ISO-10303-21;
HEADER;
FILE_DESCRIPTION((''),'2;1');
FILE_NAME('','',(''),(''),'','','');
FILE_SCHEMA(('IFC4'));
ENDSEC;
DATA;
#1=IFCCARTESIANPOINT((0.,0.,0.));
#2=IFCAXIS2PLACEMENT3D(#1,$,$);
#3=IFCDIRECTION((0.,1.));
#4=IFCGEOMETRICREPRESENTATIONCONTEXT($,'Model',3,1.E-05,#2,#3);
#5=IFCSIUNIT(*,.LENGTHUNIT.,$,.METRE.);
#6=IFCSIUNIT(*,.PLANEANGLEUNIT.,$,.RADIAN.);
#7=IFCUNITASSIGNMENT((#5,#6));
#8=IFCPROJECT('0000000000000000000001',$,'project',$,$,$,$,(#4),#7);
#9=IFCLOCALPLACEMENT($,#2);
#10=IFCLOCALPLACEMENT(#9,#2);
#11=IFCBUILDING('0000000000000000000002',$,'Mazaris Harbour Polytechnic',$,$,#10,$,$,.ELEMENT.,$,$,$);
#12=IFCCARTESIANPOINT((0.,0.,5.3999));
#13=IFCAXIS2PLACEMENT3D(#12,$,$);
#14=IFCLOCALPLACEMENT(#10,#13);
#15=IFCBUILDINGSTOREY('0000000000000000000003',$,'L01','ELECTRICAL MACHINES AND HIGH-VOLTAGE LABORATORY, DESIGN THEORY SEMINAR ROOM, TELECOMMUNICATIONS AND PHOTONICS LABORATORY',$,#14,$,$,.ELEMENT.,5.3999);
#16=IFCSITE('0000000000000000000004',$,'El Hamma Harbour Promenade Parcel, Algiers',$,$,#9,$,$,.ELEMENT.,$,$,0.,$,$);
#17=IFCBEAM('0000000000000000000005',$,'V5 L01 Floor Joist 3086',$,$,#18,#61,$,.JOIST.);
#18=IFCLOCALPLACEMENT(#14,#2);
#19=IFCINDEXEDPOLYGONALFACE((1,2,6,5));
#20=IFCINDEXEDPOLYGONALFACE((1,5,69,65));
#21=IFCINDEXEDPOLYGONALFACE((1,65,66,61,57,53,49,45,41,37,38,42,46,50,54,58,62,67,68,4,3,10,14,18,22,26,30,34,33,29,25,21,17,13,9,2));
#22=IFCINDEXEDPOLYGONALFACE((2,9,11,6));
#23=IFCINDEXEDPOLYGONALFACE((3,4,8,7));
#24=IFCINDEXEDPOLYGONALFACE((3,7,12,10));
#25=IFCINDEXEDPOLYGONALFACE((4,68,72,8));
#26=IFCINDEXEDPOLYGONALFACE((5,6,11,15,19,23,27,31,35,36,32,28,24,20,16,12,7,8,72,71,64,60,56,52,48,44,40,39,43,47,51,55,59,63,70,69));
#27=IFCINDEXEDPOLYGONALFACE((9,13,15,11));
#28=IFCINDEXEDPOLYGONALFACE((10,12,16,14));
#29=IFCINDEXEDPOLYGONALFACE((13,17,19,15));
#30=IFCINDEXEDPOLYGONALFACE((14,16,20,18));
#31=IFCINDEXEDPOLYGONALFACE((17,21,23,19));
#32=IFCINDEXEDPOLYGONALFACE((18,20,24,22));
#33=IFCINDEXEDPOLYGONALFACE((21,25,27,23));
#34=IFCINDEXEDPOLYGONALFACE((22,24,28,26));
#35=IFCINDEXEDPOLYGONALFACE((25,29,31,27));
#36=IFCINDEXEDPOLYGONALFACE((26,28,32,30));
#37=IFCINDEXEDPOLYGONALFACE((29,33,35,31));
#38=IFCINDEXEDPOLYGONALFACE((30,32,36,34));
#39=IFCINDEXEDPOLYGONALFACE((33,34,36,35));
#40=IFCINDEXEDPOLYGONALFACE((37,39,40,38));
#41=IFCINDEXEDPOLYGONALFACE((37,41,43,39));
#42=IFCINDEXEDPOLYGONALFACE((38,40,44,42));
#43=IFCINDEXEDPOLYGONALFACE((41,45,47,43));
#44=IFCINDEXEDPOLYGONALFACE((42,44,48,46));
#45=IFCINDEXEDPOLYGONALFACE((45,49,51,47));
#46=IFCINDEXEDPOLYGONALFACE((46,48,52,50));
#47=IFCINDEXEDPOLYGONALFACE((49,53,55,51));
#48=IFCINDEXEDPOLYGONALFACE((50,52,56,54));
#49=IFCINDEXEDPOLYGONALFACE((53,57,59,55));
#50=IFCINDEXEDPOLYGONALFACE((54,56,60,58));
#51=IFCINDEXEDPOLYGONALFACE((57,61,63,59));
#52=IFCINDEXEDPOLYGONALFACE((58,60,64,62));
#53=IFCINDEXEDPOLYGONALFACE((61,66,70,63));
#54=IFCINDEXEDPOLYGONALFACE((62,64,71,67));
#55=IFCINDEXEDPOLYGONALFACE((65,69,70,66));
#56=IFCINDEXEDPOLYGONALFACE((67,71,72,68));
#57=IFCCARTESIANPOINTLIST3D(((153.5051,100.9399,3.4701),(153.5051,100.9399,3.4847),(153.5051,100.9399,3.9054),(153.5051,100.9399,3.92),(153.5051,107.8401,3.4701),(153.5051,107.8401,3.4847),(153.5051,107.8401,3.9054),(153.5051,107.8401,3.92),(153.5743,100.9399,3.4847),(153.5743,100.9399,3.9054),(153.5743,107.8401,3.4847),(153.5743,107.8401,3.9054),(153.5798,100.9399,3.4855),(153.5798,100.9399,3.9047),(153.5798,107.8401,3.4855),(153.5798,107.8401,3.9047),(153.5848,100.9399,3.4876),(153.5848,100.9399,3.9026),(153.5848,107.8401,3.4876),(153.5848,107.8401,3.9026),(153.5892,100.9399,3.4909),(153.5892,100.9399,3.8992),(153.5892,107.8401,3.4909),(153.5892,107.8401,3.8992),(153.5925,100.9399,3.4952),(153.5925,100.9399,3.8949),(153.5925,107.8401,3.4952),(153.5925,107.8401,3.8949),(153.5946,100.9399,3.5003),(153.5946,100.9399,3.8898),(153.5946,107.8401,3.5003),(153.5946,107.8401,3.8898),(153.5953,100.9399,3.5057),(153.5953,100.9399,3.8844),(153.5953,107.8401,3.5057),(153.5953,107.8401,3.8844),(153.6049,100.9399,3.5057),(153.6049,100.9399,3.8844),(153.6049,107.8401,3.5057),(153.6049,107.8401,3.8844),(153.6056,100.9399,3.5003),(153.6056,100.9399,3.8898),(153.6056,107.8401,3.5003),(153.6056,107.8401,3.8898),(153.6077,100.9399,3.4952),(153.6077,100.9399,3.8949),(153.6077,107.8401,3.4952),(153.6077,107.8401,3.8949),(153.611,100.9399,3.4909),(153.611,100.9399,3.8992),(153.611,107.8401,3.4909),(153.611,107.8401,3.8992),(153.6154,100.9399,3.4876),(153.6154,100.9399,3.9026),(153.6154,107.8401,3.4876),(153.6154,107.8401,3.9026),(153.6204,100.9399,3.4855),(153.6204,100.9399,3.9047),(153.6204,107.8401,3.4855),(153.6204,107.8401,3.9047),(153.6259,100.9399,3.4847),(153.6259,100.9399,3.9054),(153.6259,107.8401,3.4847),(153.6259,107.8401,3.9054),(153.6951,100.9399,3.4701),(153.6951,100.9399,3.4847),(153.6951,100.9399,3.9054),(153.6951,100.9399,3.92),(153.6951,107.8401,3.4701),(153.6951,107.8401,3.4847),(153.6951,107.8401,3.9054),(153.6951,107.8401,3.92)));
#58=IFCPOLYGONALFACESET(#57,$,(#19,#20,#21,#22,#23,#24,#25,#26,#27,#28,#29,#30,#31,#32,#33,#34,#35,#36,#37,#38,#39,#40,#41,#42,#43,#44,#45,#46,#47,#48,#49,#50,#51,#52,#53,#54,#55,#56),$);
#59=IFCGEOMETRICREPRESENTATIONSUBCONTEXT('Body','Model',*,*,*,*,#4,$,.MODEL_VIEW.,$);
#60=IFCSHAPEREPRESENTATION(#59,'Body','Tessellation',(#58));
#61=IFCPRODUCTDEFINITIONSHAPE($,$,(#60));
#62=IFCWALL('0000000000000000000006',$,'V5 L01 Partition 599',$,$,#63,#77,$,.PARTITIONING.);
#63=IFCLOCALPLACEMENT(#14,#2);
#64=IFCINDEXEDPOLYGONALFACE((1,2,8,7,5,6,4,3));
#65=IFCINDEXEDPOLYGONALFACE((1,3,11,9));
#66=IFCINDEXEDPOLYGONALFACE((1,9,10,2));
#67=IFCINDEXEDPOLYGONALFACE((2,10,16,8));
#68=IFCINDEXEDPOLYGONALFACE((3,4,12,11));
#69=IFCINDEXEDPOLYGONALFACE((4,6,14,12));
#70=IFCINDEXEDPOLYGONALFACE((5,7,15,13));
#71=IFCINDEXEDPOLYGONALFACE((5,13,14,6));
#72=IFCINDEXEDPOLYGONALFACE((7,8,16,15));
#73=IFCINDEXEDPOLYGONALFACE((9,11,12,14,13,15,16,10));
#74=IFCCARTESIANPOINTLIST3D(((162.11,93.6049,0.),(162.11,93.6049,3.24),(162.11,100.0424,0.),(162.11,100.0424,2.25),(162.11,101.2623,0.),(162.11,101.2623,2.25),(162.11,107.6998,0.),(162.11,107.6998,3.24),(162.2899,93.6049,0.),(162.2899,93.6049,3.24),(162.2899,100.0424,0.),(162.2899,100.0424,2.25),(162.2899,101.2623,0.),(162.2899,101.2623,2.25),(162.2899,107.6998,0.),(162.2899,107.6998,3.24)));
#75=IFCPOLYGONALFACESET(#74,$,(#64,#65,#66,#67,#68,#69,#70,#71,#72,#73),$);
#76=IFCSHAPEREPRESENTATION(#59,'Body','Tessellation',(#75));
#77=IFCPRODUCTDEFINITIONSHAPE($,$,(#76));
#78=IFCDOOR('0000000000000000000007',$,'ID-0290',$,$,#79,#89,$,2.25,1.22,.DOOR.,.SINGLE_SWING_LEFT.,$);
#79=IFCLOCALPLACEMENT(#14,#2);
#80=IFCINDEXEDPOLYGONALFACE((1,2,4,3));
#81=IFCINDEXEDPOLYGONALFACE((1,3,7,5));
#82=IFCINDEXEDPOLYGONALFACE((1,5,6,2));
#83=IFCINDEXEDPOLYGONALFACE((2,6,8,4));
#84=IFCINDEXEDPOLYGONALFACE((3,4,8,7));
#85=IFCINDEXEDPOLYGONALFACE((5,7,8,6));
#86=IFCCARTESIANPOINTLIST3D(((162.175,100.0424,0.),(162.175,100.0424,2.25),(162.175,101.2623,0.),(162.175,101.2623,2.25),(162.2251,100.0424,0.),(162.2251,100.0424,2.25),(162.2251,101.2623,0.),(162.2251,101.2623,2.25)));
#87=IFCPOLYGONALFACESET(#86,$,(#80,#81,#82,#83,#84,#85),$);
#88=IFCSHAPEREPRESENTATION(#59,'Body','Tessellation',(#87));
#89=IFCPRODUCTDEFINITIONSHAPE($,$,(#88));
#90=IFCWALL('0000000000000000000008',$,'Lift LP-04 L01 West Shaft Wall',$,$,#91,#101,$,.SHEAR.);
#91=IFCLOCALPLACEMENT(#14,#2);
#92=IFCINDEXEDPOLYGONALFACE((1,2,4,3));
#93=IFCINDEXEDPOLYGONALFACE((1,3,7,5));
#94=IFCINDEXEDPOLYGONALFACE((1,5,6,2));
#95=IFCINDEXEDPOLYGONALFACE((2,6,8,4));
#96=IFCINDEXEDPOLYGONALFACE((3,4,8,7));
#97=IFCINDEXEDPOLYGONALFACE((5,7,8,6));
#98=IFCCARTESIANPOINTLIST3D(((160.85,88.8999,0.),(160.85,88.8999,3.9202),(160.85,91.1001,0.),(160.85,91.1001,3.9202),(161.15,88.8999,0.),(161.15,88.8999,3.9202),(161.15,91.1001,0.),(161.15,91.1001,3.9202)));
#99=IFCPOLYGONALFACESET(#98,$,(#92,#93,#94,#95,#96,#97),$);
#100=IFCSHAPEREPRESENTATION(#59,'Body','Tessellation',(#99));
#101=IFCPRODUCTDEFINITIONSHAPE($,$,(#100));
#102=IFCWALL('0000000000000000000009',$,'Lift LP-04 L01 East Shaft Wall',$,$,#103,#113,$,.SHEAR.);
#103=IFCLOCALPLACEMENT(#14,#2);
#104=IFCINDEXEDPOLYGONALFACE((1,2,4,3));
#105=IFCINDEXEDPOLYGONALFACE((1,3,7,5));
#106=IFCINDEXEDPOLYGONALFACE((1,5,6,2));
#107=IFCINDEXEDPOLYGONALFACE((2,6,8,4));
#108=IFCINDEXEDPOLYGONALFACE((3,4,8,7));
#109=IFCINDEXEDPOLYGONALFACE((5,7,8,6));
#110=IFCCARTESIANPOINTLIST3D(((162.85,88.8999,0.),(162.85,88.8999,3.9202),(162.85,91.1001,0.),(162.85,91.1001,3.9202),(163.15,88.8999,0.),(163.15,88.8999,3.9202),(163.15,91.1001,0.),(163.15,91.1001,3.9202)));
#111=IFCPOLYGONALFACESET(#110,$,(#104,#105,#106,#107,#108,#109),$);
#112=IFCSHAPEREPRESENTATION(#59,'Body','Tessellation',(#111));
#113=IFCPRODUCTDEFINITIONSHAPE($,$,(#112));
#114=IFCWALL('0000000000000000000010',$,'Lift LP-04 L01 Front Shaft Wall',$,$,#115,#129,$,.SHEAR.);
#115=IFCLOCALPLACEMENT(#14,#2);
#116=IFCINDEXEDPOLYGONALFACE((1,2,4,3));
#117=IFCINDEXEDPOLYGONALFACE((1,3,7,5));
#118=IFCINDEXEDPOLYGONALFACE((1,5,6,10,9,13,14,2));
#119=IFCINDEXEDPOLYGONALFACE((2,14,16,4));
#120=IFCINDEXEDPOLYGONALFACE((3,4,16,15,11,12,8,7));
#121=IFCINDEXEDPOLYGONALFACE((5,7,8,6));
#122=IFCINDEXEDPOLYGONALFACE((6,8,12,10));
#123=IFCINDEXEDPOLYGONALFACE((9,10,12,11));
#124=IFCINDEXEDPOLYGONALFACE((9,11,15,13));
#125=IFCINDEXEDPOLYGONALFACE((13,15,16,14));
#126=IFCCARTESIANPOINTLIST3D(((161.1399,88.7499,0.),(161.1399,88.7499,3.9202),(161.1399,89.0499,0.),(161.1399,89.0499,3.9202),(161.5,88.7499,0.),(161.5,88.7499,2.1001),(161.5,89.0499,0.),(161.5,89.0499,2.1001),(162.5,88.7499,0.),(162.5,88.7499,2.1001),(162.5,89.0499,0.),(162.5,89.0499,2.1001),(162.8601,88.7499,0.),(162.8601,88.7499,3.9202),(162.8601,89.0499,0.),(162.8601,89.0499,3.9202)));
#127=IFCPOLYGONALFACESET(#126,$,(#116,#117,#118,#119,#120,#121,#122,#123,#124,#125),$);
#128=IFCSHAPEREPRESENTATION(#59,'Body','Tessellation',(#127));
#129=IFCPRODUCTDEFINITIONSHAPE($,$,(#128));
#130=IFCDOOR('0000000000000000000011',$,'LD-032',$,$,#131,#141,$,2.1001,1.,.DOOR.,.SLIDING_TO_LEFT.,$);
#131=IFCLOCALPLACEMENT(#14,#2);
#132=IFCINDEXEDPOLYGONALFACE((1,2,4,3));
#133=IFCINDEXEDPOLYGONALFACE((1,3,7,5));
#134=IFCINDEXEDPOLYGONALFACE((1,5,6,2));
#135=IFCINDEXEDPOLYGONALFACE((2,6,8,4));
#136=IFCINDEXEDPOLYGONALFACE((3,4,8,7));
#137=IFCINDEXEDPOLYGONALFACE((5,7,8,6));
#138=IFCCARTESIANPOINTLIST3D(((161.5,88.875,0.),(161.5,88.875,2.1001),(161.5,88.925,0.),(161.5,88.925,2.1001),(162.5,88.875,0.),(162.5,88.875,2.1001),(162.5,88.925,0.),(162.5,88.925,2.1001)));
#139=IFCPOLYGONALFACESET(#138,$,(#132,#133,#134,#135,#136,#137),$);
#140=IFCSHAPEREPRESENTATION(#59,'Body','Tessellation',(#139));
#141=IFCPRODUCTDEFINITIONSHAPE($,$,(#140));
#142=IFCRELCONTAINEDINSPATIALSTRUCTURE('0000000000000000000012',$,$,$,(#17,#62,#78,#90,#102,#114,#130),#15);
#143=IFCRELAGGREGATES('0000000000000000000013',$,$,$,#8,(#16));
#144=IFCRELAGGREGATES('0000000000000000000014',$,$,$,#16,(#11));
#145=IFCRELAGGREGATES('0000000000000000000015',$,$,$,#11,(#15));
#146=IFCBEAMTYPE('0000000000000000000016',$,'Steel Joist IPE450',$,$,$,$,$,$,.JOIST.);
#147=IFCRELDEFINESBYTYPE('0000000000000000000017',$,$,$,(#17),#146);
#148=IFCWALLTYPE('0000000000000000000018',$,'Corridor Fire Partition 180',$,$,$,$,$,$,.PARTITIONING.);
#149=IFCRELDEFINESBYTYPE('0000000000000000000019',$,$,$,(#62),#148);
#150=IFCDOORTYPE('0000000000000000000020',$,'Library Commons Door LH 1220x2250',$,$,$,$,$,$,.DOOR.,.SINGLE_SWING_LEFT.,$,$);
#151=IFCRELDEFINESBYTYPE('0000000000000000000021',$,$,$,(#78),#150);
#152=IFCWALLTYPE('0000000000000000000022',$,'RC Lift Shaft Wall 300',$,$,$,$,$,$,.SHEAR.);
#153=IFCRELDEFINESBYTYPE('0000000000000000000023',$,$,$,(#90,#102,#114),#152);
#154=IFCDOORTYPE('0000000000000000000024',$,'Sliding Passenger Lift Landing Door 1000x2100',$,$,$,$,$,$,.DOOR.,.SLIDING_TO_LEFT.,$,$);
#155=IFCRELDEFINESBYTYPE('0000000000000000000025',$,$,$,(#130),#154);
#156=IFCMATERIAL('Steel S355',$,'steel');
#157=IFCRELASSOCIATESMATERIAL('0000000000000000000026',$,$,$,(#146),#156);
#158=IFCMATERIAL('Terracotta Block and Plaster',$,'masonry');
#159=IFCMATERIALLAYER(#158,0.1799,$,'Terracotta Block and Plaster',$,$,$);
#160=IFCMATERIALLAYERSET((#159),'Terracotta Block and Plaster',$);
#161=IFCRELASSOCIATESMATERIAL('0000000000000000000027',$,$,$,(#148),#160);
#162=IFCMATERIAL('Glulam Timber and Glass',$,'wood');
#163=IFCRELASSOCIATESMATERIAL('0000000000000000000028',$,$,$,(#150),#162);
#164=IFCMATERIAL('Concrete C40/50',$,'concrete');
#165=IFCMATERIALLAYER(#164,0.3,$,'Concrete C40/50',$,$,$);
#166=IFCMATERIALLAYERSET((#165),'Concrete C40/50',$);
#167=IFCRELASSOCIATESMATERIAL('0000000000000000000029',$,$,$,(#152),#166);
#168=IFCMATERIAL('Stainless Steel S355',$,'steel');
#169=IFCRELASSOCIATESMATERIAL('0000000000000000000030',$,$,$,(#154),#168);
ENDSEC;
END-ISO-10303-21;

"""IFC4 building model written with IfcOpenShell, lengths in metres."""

from ifc_helpers import new_model, si_unit, direction, frame, frame_2d, origin, origin_2d, place, context, subcontext, project, spatial, rectangle, i_section, extrude, material, layer, layer_set, material_profile, profile_set, type_object, element, fill, save


model = new_model("IFC4")

# Units and contexts
model_context = context("Model", 3, precision=1e-05, world=origin(), true_north=direction((0.0, 1.0)))
body_context = subcontext(model_context, "Body", "Model", "MODEL_VIEW")
ifc_project = project(units=[si_unit("LENGTHUNIT", "METRE"), si_unit("PLANEANGLEUNIT", "RADIAN")], contexts=[model_context])

# Site, building, storey
site_placement = place(None, origin())
site = spatial("IfcSite", under=ifc_project, at=site_placement, Name="El Hamma Harbour Promenade Parcel, Algiers", CompositionType="ELEMENT", RefElevation=0.0)
building_placement = place(site_placement, origin())
building = spatial("IfcBuilding", under=site, at=building_placement, Name="Mazaris Harbour Polytechnic", CompositionType="ELEMENT")
storey_placement = place(building_placement, frame((0.0, 0.0, 5.3999)))
storey = spatial("IfcBuildingStorey", under=building, at=storey_placement, Name="L01", Description="ELECTRICAL MACHINES AND HIGH-VOLTAGE LABORATORY, DESIGN THEORY SEMINAR ROOM, TELECOMMUNICATIONS AND PHOTONICS LABORATORY", CompositionType="ELEMENT", Elevation=5.3999)

# Beam
ifc_material_1 = material(Name="Steel S355", Category="steel")
ifc_material_profile_1 = material_profile(ifc_material_1, i_section(OverallWidth=0.1899, OverallDepth=0.45, WebThickness=0.0095, FlangeThickness=0.0146, FilletRadius=0.021, at=origin_2d()), Name="IPE 450")
ifc_profile_set_1 = profile_set([ifc_material_profile_1], Name="Steel S355")
beam_type_1 = type_object("IfcBeamType", Name="Steel Joist IPE450", PredefinedType="JOIST", material=ifc_profile_set_1)
beam_1_placement = place(storey_placement, frame((153.6001, 100.9399, 3.6951), z_axis=(0.0, 1.0, 0.0), x_axis=(-1.0, 0.0, 0.0)))
element("IfcBeam", 1, at=beam_1_placement, inside=storey, type_object=beam_type_1, Name="V5 L01 Floor Joist 3086", PredefinedType="JOIST", context=body_context, shape_type="SweptSolid", body=[
    extrude(i_section(OverallWidth=0.1899, OverallDepth=0.45, WebThickness=0.0095, FlangeThickness=0.0146, FilletRadius=0.021, at=origin_2d()), origin(), (0.0, 0.0, 1.0), 6.9001),
])

# Wall, opening, door
ifc_material_2 = material(Name="Terracotta Block and Plaster", Category="masonry")
ifc_layer_1 = layer(ifc_material_2, 0.1799, Name="Terracotta Block and Plaster")
ifc_layer_set_1 = layer_set([ifc_layer_1], Name="Terracotta Block and Plaster")
wall_type_1 = type_object("IfcWallType", Name="Corridor Fire Partition 180", PredefinedType="PARTITIONING", material=ifc_layer_set_1)
wall_1_placement = place(storey_placement, frame((162.2, 93.605, 0.0), z_axis=(0.0, 0.0, 1.0), x_axis=(0.0, 1.0, 0.0)))
wall_1 = element("IfcWall", 2, at=wall_1_placement, inside=storey, type_object=wall_type_1, Name="V5 L01 Partition 599", PredefinedType="PARTITIONING", context=body_context, shape_type="SweptSolid", body=[
    extrude(rectangle(XDim=14.095, YDim=0.1799, at=frame_2d((7.0474, 0.0))), origin(), (0.0, 0.0, 1.0), 3.24),
])
opening_1_placement = place(wall_1_placement, frame((6.4375, 0.0, 0.0)))
opening_1 = element("IfcOpeningElement", 3, at=opening_1_placement, cuts=wall_1, PredefinedType="OPENING", context=body_context, shape_type="SweptSolid", body=[
    extrude(rectangle(XDim=1.22, YDim=2.25, at=frame_2d((0.6099, 1.125))), frame((0.0, 0.0999, 0.0), z_axis=(0.0, -1.0, 0.0), x_axis=(1.0, 0.0, 0.0)), (0.0, 0.0, 1.0), 0.2),
])
ifc_material_3 = material(Name="Glulam Timber and Glass", Category="wood")
door_type_1 = type_object("IfcDoorType", Name="Library Commons Door LH 1220x2250", OperationType="SINGLE_SWING_LEFT", PredefinedType="DOOR", material=ifc_material_3)
door_1_placement = place(opening_1_placement, origin())
door_1 = element("IfcDoor", 4, at=door_1_placement, inside=storey, type_object=door_type_1, Name="ID-0290", OperationType="SINGLE_SWING_LEFT", OverallHeight=2.25, OverallWidth=1.22, PredefinedType="DOOR", context=body_context, shape_type="SweptSolid", body=[
    extrude(rectangle(XDim=1.22, YDim=2.25, at=frame_2d((0.6099, 1.125))), frame((0.0, 0.0249, 0.0), z_axis=(0.0, -1.0, 0.0), x_axis=(1.0, 0.0, 0.0)), (0.0, 0.0, 1.0), 0.05),
])
fill(opening_1, door_1)

# Walls
ifc_material_4 = material(Name="Concrete C40/50", Category="concrete")
ifc_layer_2 = layer(ifc_material_4, 0.3, Name="Concrete C40/50")
ifc_layer_set_2 = layer_set([ifc_layer_2], Name="Concrete C40/50")
wall_type_2 = type_object("IfcWallType", Name="RC Lift Shaft Wall 300", PredefinedType="SHEAR", material=ifc_layer_set_2)
for number, where, z_axis, x_axis, name in (
    (5, (161.0, 91.1001, 0.0), (0.0, 0.0, 1.0), (0.0, -1.0, 0.0), "Lift LP-04 L01 West Shaft Wall"),
    (6, (163.0, 88.8999, 0.0), (0.0, 0.0, 1.0), (0.0, 1.0, 0.0), "Lift LP-04 L01 East Shaft Wall"),
):
    element("IfcWall", number, at=place(storey_placement, frame(where, z_axis=z_axis, x_axis=x_axis)), inside=storey, type_object=wall_type_2, Name=name, PredefinedType="SHEAR", context=body_context, shape_type="SweptSolid", body=[
        extrude(rectangle(XDim=2.2002, YDim=0.3, at=frame_2d((1.1001, 0.0))), origin(), (0.0, 0.0, 1.0), 3.9202),
    ])

# Wall, opening, door
wall_2_placement = place(storey_placement, frame((162.8601, 88.8999, 0.0), z_axis=(0.0, 0.0, 1.0), x_axis=(-1.0, 0.0, 0.0)))
wall_2 = element("IfcWall", 7, at=wall_2_placement, inside=storey, type_object=wall_type_2, Name="Lift LP-04 L01 Front Shaft Wall", PredefinedType="SHEAR", context=body_context, shape_type="SweptSolid", body=[
    extrude(rectangle(XDim=1.7202, YDim=0.3, at=frame_2d((0.8601, 0.0))), origin(), (0.0, 0.0, 1.0), 3.9202),
])
opening_2_placement = place(wall_2_placement, frame((0.3601, 0.0, 0.0)))
opening_2 = element("IfcOpeningElement", 8, at=opening_2_placement, cuts=wall_2, PredefinedType="OPENING", context=body_context, shape_type="SweptSolid", body=[
    extrude(rectangle(XDim=1.0, YDim=2.1001, at=frame_2d((0.5, 1.05))), frame((0.0, 0.1599, 0.0), z_axis=(0.0, -1.0, 0.0), x_axis=(1.0, 0.0, 0.0)), (0.0, 0.0, 1.0), 0.3201),
])
ifc_material_5 = material(Name="Stainless Steel S355", Category="steel")
door_type_2 = type_object("IfcDoorType", Name="Sliding Passenger Lift Landing Door 1000x2100", OperationType="SLIDING_TO_LEFT", PredefinedType="DOOR", material=ifc_material_5)
door_2_placement = place(opening_2_placement, origin())
door_2 = element("IfcDoor", 9, at=door_2_placement, inside=storey, type_object=door_type_2, Name="LD-032", OperationType="SLIDING_TO_LEFT", OverallHeight=2.1001, OverallWidth=1.0, PredefinedType="DOOR", context=body_context, shape_type="SweptSolid", body=[
    extrude(rectangle(XDim=1.0, YDim=2.1001, at=frame_2d((0.5, 1.05))), frame((0.0, 0.0249, 0.0), z_axis=(0.0, -1.0, 0.0), x_axis=(1.0, 0.0, 0.0)), (0.0, 0.0, 1.0), 0.05),
])
fill(opening_2, door_2)

save(model, "model.ifc")
